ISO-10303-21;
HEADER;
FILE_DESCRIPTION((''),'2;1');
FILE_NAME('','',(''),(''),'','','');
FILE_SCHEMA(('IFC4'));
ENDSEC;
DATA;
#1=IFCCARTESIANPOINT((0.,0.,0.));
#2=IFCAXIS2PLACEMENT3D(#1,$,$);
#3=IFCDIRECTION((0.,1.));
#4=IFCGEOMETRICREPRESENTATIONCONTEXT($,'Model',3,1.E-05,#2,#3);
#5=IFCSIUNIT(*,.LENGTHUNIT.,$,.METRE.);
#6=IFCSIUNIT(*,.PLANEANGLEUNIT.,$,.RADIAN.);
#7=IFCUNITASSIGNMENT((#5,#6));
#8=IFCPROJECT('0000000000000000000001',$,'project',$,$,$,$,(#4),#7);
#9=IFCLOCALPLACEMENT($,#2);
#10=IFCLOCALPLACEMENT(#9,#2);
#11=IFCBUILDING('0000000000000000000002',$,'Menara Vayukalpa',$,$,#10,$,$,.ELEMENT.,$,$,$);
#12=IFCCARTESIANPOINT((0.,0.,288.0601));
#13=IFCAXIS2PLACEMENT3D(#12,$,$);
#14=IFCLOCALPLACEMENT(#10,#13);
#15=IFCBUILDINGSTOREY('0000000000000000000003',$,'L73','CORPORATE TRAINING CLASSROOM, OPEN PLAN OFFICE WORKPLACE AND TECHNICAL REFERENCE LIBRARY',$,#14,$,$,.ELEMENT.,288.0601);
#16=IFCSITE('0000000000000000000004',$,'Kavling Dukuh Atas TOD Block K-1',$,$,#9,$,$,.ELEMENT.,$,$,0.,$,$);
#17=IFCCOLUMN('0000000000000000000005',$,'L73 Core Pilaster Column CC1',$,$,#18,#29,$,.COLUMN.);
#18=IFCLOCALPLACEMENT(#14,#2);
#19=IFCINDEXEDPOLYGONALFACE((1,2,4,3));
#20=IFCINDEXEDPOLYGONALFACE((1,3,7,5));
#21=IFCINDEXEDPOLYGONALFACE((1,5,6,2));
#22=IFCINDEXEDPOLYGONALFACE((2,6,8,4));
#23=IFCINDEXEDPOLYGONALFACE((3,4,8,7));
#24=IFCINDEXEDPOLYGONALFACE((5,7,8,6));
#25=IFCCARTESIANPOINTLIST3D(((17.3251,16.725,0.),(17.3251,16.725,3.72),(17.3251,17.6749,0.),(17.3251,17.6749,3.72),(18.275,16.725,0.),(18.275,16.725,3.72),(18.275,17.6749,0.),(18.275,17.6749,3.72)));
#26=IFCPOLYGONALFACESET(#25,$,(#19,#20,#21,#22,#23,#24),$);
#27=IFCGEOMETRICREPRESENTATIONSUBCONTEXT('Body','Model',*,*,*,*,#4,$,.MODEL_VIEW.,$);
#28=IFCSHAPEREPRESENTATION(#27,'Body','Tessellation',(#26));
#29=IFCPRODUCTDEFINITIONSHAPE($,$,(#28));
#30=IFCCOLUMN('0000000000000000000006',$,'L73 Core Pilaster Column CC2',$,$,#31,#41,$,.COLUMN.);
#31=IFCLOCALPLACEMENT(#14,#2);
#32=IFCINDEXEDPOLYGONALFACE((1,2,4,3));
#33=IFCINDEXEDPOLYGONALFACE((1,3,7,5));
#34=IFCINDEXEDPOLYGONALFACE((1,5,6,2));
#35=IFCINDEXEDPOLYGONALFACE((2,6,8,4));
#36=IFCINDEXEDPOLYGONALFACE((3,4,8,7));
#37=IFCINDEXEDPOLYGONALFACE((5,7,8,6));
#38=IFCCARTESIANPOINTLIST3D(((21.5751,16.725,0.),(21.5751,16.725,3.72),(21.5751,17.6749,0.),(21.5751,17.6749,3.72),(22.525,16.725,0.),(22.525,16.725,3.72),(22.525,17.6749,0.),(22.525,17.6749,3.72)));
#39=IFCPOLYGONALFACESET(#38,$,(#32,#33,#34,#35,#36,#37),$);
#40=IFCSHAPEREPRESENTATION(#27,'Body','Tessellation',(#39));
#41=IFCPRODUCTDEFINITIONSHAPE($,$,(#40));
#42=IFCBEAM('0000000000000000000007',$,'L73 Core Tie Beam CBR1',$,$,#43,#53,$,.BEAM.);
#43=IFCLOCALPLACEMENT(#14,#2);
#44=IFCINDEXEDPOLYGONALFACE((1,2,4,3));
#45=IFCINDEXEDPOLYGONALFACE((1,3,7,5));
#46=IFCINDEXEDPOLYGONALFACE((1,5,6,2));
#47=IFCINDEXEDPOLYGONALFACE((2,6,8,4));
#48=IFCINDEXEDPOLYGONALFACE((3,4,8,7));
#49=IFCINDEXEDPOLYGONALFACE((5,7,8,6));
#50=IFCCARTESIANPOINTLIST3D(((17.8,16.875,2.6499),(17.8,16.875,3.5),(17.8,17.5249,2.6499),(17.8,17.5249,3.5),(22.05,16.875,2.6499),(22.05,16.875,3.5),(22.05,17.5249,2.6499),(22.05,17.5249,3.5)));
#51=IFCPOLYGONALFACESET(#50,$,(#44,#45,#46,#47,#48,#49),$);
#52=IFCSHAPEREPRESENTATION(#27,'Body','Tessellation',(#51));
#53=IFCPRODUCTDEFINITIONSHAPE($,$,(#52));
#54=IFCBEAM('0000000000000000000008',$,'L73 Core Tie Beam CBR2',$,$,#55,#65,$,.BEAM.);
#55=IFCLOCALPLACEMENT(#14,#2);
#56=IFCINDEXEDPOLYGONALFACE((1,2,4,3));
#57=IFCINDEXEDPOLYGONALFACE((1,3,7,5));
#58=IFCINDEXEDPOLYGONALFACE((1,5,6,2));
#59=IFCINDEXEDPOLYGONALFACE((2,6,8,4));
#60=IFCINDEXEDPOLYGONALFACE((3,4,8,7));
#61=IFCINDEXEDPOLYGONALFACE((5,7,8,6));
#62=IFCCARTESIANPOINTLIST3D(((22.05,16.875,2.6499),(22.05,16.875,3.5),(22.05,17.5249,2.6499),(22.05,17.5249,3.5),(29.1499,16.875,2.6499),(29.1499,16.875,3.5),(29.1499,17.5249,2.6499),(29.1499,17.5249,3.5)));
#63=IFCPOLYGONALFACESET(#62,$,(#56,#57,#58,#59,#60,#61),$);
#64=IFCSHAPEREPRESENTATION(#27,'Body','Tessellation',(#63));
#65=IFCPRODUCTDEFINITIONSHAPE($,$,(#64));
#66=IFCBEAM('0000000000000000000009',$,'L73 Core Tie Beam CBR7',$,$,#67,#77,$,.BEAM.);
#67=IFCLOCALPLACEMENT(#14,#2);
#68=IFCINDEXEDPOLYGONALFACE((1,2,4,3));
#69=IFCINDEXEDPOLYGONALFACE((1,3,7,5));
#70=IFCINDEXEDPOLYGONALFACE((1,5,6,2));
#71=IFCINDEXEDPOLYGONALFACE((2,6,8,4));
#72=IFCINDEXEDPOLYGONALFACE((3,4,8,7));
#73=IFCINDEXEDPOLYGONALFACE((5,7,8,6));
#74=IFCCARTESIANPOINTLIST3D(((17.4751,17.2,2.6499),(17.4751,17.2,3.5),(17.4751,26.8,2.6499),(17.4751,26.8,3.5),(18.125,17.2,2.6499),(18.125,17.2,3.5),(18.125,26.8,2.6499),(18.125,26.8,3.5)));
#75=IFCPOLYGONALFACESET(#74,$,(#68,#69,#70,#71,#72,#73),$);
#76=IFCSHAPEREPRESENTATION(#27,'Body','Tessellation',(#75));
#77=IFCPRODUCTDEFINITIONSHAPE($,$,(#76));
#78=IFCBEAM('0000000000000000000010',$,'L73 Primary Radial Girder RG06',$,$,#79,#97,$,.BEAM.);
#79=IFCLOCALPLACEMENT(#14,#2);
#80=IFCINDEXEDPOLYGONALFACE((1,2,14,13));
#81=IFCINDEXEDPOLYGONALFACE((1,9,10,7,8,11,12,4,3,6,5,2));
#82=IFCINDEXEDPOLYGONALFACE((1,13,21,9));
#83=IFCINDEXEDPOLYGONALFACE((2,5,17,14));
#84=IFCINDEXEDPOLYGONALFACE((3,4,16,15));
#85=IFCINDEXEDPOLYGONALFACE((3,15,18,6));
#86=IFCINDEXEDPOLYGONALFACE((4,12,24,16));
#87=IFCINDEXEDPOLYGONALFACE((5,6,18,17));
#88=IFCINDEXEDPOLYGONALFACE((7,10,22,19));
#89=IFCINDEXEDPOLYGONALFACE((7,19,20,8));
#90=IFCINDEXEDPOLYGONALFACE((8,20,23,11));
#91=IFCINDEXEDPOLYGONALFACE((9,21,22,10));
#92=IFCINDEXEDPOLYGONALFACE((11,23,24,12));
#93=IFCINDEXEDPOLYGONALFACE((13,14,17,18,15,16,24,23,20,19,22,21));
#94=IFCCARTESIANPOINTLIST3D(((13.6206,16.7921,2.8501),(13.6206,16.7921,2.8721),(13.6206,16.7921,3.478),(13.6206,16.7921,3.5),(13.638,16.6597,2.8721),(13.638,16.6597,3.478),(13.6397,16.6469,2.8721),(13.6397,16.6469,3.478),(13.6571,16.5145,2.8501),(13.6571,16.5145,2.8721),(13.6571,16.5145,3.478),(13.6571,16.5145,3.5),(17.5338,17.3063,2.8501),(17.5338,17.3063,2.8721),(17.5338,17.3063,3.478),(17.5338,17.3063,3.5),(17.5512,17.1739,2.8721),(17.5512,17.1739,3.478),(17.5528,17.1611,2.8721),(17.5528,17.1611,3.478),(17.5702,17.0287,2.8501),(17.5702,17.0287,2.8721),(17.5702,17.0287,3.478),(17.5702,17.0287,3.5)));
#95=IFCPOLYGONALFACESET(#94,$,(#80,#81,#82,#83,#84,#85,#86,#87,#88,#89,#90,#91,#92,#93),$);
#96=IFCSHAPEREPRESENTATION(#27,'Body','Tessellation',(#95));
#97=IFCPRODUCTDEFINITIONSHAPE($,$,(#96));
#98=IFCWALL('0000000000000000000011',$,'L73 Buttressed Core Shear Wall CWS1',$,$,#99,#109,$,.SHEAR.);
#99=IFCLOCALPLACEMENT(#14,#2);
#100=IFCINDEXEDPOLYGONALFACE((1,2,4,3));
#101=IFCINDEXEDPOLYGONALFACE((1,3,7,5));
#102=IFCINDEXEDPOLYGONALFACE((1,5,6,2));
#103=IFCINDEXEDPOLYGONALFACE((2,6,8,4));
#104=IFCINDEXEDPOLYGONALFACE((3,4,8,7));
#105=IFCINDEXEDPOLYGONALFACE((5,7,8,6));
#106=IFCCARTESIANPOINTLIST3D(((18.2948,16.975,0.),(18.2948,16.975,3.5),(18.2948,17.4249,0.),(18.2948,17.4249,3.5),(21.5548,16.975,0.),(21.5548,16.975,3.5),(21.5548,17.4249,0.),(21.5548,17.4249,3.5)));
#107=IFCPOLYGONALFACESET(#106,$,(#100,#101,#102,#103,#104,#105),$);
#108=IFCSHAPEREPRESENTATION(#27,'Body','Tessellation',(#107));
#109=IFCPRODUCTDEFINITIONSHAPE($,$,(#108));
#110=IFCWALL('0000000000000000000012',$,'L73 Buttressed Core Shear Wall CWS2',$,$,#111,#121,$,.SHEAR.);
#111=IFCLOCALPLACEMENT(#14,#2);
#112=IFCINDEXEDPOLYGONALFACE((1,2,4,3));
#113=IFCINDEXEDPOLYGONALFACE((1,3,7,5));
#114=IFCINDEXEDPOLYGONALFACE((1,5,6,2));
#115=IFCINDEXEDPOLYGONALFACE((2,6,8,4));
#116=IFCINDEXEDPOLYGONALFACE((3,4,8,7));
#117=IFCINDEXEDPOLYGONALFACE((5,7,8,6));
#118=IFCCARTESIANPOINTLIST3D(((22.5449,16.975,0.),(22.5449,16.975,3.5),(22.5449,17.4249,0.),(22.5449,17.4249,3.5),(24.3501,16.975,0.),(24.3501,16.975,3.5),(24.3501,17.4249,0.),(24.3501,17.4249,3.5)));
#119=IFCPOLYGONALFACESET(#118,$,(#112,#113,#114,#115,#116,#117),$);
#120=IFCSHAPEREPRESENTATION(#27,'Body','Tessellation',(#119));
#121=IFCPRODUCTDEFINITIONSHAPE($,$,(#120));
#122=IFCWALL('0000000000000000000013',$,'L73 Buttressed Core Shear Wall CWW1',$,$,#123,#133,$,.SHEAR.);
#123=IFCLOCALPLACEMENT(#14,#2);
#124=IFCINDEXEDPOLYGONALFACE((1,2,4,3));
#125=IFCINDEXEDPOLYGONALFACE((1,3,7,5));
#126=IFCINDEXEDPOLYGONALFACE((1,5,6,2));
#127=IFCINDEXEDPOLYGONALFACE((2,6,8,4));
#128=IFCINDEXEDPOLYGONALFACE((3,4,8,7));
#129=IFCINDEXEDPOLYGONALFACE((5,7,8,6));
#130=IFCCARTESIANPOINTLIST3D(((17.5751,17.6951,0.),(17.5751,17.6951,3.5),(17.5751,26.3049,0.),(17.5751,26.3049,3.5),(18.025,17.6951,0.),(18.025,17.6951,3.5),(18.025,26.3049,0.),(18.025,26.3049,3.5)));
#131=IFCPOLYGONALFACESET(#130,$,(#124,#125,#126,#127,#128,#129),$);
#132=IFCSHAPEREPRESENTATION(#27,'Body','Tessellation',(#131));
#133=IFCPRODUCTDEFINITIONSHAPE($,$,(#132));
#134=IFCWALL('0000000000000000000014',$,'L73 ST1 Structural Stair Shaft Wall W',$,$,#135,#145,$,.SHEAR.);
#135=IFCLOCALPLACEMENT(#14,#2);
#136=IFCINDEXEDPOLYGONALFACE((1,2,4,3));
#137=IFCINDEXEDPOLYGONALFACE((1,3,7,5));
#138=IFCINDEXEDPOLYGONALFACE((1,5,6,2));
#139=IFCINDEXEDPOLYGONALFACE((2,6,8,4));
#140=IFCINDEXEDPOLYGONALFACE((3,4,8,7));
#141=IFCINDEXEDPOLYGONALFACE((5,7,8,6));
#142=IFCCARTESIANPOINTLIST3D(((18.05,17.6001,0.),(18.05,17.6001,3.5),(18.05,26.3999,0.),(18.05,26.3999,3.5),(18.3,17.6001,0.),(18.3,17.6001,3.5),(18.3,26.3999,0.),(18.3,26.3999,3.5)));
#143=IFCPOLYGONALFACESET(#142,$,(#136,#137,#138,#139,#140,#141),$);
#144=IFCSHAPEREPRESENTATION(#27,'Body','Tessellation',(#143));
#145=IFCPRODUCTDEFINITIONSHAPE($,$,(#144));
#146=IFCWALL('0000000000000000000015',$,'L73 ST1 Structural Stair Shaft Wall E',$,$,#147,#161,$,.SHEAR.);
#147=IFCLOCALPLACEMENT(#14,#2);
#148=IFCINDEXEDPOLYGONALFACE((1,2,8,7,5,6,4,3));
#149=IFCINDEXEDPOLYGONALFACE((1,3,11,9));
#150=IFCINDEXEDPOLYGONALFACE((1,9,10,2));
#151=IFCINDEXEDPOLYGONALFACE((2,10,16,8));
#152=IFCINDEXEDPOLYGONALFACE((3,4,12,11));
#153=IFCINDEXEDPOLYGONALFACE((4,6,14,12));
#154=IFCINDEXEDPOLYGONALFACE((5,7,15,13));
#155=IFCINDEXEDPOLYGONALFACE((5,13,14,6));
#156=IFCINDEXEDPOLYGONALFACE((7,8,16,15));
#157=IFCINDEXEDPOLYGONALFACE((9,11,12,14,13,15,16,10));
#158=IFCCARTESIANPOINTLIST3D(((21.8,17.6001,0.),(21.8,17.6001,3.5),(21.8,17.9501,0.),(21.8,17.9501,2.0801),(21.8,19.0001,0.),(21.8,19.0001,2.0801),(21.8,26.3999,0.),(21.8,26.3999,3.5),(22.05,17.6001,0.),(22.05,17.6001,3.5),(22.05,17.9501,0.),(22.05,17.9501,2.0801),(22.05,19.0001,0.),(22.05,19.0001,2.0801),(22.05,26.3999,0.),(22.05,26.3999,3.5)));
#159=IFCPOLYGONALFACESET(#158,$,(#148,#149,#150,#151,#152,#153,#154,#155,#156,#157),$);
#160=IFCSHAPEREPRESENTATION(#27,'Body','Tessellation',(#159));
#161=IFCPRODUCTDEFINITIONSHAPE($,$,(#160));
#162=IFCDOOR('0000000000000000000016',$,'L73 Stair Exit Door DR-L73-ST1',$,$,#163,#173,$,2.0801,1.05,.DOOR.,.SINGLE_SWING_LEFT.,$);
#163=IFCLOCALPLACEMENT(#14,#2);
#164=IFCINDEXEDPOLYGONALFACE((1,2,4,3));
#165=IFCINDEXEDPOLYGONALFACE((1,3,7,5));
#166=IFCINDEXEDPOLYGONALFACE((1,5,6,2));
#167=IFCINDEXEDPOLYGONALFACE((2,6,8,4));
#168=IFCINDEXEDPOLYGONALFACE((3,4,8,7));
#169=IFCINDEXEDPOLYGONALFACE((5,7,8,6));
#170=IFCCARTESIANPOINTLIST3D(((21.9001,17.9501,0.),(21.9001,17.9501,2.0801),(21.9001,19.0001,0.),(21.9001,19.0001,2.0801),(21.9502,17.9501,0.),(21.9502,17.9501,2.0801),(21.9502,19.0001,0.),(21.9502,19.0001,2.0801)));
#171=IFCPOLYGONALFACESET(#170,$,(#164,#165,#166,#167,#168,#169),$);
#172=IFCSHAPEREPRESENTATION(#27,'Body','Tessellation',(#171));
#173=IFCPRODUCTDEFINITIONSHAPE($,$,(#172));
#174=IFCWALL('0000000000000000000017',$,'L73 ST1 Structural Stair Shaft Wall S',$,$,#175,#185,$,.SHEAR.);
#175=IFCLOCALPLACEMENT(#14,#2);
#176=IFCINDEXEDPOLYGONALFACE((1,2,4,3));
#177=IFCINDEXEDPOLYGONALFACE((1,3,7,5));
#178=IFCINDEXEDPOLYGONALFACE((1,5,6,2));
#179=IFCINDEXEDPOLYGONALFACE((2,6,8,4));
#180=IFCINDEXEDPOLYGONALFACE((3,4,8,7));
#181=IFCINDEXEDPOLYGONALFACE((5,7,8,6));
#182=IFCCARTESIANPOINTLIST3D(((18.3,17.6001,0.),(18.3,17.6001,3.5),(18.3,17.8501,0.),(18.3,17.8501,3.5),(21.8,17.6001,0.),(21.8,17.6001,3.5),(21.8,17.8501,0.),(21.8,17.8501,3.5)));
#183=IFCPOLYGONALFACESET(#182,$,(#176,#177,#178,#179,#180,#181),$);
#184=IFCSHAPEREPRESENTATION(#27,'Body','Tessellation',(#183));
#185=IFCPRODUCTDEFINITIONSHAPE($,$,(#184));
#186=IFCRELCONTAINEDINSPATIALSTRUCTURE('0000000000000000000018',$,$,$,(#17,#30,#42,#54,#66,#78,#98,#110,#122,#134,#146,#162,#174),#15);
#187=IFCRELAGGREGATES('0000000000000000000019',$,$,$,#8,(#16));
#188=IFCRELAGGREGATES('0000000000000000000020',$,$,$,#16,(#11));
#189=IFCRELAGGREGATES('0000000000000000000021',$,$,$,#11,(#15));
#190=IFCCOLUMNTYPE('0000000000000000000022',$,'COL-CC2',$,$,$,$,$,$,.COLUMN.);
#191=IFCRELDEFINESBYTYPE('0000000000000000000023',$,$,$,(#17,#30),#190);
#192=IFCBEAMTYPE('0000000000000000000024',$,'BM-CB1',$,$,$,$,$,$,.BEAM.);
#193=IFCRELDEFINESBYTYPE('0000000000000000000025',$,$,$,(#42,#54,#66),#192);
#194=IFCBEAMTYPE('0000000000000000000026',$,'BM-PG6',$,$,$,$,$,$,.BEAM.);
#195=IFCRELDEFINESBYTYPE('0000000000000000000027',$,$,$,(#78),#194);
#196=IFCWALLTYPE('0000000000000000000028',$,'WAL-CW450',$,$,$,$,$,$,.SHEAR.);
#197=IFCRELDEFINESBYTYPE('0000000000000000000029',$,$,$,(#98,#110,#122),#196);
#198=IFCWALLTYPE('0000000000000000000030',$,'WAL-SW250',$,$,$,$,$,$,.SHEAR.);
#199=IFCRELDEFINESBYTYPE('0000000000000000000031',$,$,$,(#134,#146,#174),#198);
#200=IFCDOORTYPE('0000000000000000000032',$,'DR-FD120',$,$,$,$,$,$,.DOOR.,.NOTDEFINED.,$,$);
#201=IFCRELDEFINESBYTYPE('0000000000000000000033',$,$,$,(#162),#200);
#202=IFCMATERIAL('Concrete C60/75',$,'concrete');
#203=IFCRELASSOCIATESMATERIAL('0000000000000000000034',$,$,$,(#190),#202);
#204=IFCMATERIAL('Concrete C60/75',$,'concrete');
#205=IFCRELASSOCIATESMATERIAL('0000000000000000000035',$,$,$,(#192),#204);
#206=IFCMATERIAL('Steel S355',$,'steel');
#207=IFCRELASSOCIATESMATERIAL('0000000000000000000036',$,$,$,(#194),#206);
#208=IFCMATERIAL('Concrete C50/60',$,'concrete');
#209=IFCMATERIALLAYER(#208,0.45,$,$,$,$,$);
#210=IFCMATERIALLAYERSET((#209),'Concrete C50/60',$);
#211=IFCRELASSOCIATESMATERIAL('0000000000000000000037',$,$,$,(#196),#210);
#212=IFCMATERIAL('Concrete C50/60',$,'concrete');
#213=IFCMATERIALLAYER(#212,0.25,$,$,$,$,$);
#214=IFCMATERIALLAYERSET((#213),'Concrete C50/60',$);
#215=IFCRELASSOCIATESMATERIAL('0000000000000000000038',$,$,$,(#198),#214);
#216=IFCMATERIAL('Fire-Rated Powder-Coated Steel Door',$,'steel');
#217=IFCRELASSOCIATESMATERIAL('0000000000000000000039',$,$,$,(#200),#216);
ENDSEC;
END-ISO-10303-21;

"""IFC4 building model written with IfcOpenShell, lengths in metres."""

from ifc_helpers import new_model, si_unit, direction, frame, frame_2d, origin, origin_2d, place, context, subcontext, project, spatial, rectangle, i_section, extrude, material, layer, layer_set, material_profile, profile_set, type_object, element, fill, save


model = new_model("IFC4")

# Units and contexts
model_context = context("Model", 3, precision=1e-05, world=origin(), true_north=direction((0.0, 1.0)))
body_context = subcontext(model_context, "Body", "Model", "MODEL_VIEW")
ifc_project = project(units=[si_unit("LENGTHUNIT", "METRE"), si_unit("PLANEANGLEUNIT", "RADIAN")], contexts=[model_context])

# Site, building, storey
site_placement = place(None, origin())
site = spatial("IfcSite", under=ifc_project, at=site_placement, Name="Kavling Dukuh Atas TOD Block K-1", CompositionType="ELEMENT", RefElevation=0.0)
building_placement = place(site_placement, origin())
building = spatial("IfcBuilding", under=site, at=building_placement, Name="Menara Vayukalpa", CompositionType="ELEMENT")
storey_placement = place(building_placement, frame((0.0, 0.0, 288.0601)))
storey = spatial("IfcBuildingStorey", under=building, at=storey_placement, Name="L73", Description="CORPORATE TRAINING CLASSROOM, OPEN PLAN OFFICE WORKPLACE AND TECHNICAL REFERENCE LIBRARY", CompositionType="ELEMENT", Elevation=288.0601)

# Columns
ifc_material_1 = material(Name="Concrete C60/75", Category="concrete")
ifc_material_profile_1 = material_profile(ifc_material_1, rectangle(XDim=0.95, YDim=0.95, at=origin_2d()), Name="RC 950x950")
ifc_profile_set_1 = profile_set([ifc_material_profile_1], Name="Concrete C60/75")
column_type = type_object("IfcColumnType", Name="COL-CC2", PredefinedType="COLUMN", material=ifc_profile_set_1)
for number, where, z_axis, x_axis, name in (
    (1, (17.8, 17.2, 0.0), (0.0, 0.0, 1.0), (1.0, 0.0, 0.0), "L73 Core Pilaster Column CC1"),
    (2, (22.05, 17.2, 0.0), (0.0, 0.0, 1.0), (1.0, 0.0, 0.0), "L73 Core Pilaster Column CC2"),
):
    element("IfcColumn", number, at=place(storey_placement, frame(where, z_axis=z_axis, x_axis=x_axis)), inside=storey, type_object=column_type, Name=name, PredefinedType="COLUMN", context=body_context, shape_type="SweptSolid", body=[
        extrude(rectangle(XDim=0.95, YDim=0.95, at=origin_2d()), origin(), (0.0, 0.0, 1.0), 3.72),
    ])

# Beams
ifc_material_2 = material(Name="Concrete C60/75", Category="concrete")
ifc_material_profile_2 = material_profile(ifc_material_2, rectangle(XDim=0.6499, YDim=0.8501, at=origin_2d()), Name="RC 650x850")
ifc_profile_set_2 = profile_set([ifc_material_profile_2], Name="Concrete C60/75")
beam_type_1 = type_object("IfcBeamType", Name="BM-CB1", PredefinedType="BEAM", material=ifc_profile_set_2)
beam_1_placement = place(storey_placement, frame((17.8, 17.2, 3.075), z_axis=(1.0, 0.0, 0.0), x_axis=(0.0, 1.0, 0.0)))
element("IfcBeam", 3, at=beam_1_placement, inside=storey, type_object=beam_type_1, Name="L73 Core Tie Beam CBR1", PredefinedType="BEAM", context=body_context, shape_type="SweptSolid", body=[
    extrude(rectangle(XDim=0.6499, YDim=0.8501, at=origin_2d()), origin(), (0.0, 0.0, 1.0), 4.25),
])
beam_2_placement = place(storey_placement, frame((22.05, 17.2, 3.075), z_axis=(1.0, 0.0, 0.0), x_axis=(0.0, 1.0, 0.0)))
element("IfcBeam", 4, at=beam_2_placement, inside=storey, type_object=beam_type_1, Name="L73 Core Tie Beam CBR2", PredefinedType="BEAM", context=body_context, shape_type="SweptSolid", body=[
    extrude(rectangle(XDim=0.6499, YDim=0.8501, at=origin_2d()), origin(), (0.0, 0.0, 1.0), 7.0999),
])
beam_3_placement = place(storey_placement, frame((17.8, 17.2, 3.075), z_axis=(0.0, 1.0, 0.0), x_axis=(-1.0, 0.0, 0.0)))
element("IfcBeam", 5, at=beam_3_placement, inside=storey, type_object=beam_type_1, Name="L73 Core Tie Beam CBR7", PredefinedType="BEAM", context=body_context, shape_type="SweptSolid", body=[
    extrude(rectangle(XDim=0.6499, YDim=0.8501, at=origin_2d()), origin(), (0.0, 0.0, 1.0), 9.6001),
])
ifc_material_3 = material(Name="Steel S355", Category="steel")
ifc_material_profile_3 = material_profile(ifc_material_3, i_section(OverallWidth=0.28, OverallDepth=0.6499, WebThickness=0.0129, FlangeThickness=0.022, at=origin_2d()), Name="WF 650x280x13x22")
ifc_profile_set_3 = profile_set([ifc_material_profile_3], Name="Steel S355")
beam_type_2 = type_object("IfcBeamType", Name="BM-PG6", PredefinedType="BEAM", material=ifc_profile_set_3)
beam_4_placement = place(storey_placement, frame((17.552, 17.1675, 3.175), z_axis=(-0.991478, -0.130275, 0.0), x_axis=(0.130275, -0.991478, 0.0)))
element("IfcBeam", 6, at=beam_4_placement, inside=storey, type_object=beam_type_2, Name="L73 Primary Radial Girder RG06", PredefinedType="BEAM", context=body_context, shape_type="SweptSolid", body=[
    extrude(i_section(OverallWidth=0.28, OverallDepth=0.6499, WebThickness=0.0129, FlangeThickness=0.022, at=origin_2d()), origin(), (0.0, 0.0, 1.0), 3.9468),
])

# Walls
ifc_material_4 = material(Name="Concrete C50/60", Category="concrete")
ifc_layer_1 = layer(ifc_material_4, 0.45)
ifc_layer_set_1 = layer_set([ifc_layer_1], Name="Concrete C50/60")
wall_type_1 = type_object("IfcWallType", Name="WAL-CW450", PredefinedType="SHEAR", material=ifc_layer_set_1)
wall_1_placement = place(storey_placement, frame((18.2949, 17.2, 0.0), z_axis=(0.0, 0.0, 1.0), x_axis=(1.0, 0.0, 0.0)))
element("IfcWall", 7, at=wall_1_placement, inside=storey, type_object=wall_type_1, Name="L73 Buttressed Core Shear Wall CWS1", PredefinedType="SHEAR", context=body_context, shape_type="SweptSolid", body=[
    extrude(rectangle(XDim=3.26, YDim=0.45, at=frame_2d((1.6299, 0.0))), origin(), (0.0, 0.0, 1.0), 3.5),
])
wall_2_placement = place(storey_placement, frame((22.5449, 17.2, 0.0), z_axis=(0.0, 0.0, 1.0), x_axis=(1.0, 0.0, 0.0)))
element("IfcWall", 8, at=wall_2_placement, inside=storey, type_object=wall_type_1, Name="L73 Buttressed Core Shear Wall CWS2", PredefinedType="SHEAR", context=body_context, shape_type="SweptSolid", body=[
    extrude(rectangle(XDim=1.8052, YDim=0.45, at=frame_2d((0.9026, 0.0))), origin(), (0.0, 0.0, 1.0), 3.5),
])
wall_3_placement = place(storey_placement, frame((17.8, 17.6951, 0.0), z_axis=(0.0, 0.0, 1.0), x_axis=(0.0, 1.0, 0.0)))
element("IfcWall", 9, at=wall_3_placement, inside=storey, type_object=wall_type_1, Name="L73 Buttressed Core Shear Wall CWW1", PredefinedType="SHEAR", context=body_context, shape_type="SweptSolid", body=[
    extrude(rectangle(XDim=8.6099, YDim=0.45, at=frame_2d((4.3049, 0.0))), origin(), (0.0, 0.0, 1.0), 3.5),
])
ifc_material_5 = material(Name="Concrete C50/60", Category="concrete")
ifc_layer_2 = layer(ifc_material_5, 0.25)
ifc_layer_set_2 = layer_set([ifc_layer_2], Name="Concrete C50/60")
wall_type_2 = type_object("IfcWallType", Name="WAL-SW250", PredefinedType="SHEAR", material=ifc_layer_set_2)
wall_4_placement = place(storey_placement, frame((18.175, 17.6001, 0.0), z_axis=(0.0, 0.0, 1.0), x_axis=(0.0, 1.0, 0.0)))
element("IfcWall", 10, at=wall_4_placement, inside=storey, type_object=wall_type_2, Name="L73 ST1 Structural Stair Shaft Wall W", PredefinedType="SHEAR", context=body_context, shape_type="SweptSolid", body=[
    extrude(rectangle(XDim=8.7998, YDim=0.25, at=frame_2d((4.3999, 0.0))), origin(), (0.0, 0.0, 1.0), 3.5),
])

# Wall, opening, door
wall_5_placement = place(storey_placement, frame((21.925, 17.6001, 0.0), z_axis=(0.0, 0.0, 1.0), x_axis=(0.0, 1.0, 0.0)))
wall_5 = element("IfcWall", 11, at=wall_5_placement, inside=storey, type_object=wall_type_2, Name="L73 ST1 Structural Stair Shaft Wall E", PredefinedType="SHEAR", context=body_context, shape_type="SweptSolid", body=[
    extrude(rectangle(XDim=8.7998, YDim=0.25, at=frame_2d((4.3999, 0.0))), origin(), (0.0, 0.0, 1.0), 3.5),
])
opening_placement = place(wall_5_placement, frame((0.3501, 0.0, 0.0)))
opening = element("IfcOpeningElement", 12, at=opening_placement, cuts=wall_5, PredefinedType="OPENING", context=body_context, shape_type="SweptSolid", body=[
    extrude(rectangle(XDim=1.05, YDim=2.0801, at=frame_2d((0.5249, 1.04))), frame((0.0, 0.135, 0.0), z_axis=(0.0, -1.0, 0.0), x_axis=(1.0, 0.0, 0.0)), (0.0, 0.0, 1.0), 0.27),
])
ifc_material_6 = material(Name="Fire-Rated Powder-Coated Steel Door", Category="steel")
door_type = type_object("IfcDoorType", Name="DR-FD120", OperationType="NOTDEFINED", PredefinedType="DOOR", material=ifc_material_6)
door_placement = place(opening_placement, origin())
door = element("IfcDoor", 13, at=door_placement, inside=storey, type_object=door_type, Name="L73 Stair Exit Door DR-L73-ST1", OperationType="SINGLE_SWING_LEFT", OverallHeight=2.0801, OverallWidth=1.05, PredefinedType="DOOR", context=body_context, shape_type="SweptSolid", body=[
    extrude(rectangle(XDim=1.05, YDim=2.0801, at=frame_2d((0.5249, 1.04))), frame((0.0, 0.0249, 0.0), z_axis=(0.0, -1.0, 0.0), x_axis=(1.0, 0.0, 0.0)), (0.0, 0.0, 1.0), 0.05),
])
fill(opening, door)

# Wall
wall_6_placement = place(storey_placement, frame((18.3, 17.7251, 0.0), z_axis=(0.0, 0.0, 1.0), x_axis=(1.0, 0.0, 0.0)))
element("IfcWall", 14, at=wall_6_placement, inside=storey, type_object=wall_type_2, Name="L73 ST1 Structural Stair Shaft Wall S", PredefinedType="SHEAR", context=body_context, shape_type="SweptSolid", body=[
    extrude(rectangle(XDim=3.5, YDim=0.25, at=frame_2d((1.75, 0.0))), origin(), (0.0, 0.0, 1.0), 3.5),
])

save(model, "model.ifc")
